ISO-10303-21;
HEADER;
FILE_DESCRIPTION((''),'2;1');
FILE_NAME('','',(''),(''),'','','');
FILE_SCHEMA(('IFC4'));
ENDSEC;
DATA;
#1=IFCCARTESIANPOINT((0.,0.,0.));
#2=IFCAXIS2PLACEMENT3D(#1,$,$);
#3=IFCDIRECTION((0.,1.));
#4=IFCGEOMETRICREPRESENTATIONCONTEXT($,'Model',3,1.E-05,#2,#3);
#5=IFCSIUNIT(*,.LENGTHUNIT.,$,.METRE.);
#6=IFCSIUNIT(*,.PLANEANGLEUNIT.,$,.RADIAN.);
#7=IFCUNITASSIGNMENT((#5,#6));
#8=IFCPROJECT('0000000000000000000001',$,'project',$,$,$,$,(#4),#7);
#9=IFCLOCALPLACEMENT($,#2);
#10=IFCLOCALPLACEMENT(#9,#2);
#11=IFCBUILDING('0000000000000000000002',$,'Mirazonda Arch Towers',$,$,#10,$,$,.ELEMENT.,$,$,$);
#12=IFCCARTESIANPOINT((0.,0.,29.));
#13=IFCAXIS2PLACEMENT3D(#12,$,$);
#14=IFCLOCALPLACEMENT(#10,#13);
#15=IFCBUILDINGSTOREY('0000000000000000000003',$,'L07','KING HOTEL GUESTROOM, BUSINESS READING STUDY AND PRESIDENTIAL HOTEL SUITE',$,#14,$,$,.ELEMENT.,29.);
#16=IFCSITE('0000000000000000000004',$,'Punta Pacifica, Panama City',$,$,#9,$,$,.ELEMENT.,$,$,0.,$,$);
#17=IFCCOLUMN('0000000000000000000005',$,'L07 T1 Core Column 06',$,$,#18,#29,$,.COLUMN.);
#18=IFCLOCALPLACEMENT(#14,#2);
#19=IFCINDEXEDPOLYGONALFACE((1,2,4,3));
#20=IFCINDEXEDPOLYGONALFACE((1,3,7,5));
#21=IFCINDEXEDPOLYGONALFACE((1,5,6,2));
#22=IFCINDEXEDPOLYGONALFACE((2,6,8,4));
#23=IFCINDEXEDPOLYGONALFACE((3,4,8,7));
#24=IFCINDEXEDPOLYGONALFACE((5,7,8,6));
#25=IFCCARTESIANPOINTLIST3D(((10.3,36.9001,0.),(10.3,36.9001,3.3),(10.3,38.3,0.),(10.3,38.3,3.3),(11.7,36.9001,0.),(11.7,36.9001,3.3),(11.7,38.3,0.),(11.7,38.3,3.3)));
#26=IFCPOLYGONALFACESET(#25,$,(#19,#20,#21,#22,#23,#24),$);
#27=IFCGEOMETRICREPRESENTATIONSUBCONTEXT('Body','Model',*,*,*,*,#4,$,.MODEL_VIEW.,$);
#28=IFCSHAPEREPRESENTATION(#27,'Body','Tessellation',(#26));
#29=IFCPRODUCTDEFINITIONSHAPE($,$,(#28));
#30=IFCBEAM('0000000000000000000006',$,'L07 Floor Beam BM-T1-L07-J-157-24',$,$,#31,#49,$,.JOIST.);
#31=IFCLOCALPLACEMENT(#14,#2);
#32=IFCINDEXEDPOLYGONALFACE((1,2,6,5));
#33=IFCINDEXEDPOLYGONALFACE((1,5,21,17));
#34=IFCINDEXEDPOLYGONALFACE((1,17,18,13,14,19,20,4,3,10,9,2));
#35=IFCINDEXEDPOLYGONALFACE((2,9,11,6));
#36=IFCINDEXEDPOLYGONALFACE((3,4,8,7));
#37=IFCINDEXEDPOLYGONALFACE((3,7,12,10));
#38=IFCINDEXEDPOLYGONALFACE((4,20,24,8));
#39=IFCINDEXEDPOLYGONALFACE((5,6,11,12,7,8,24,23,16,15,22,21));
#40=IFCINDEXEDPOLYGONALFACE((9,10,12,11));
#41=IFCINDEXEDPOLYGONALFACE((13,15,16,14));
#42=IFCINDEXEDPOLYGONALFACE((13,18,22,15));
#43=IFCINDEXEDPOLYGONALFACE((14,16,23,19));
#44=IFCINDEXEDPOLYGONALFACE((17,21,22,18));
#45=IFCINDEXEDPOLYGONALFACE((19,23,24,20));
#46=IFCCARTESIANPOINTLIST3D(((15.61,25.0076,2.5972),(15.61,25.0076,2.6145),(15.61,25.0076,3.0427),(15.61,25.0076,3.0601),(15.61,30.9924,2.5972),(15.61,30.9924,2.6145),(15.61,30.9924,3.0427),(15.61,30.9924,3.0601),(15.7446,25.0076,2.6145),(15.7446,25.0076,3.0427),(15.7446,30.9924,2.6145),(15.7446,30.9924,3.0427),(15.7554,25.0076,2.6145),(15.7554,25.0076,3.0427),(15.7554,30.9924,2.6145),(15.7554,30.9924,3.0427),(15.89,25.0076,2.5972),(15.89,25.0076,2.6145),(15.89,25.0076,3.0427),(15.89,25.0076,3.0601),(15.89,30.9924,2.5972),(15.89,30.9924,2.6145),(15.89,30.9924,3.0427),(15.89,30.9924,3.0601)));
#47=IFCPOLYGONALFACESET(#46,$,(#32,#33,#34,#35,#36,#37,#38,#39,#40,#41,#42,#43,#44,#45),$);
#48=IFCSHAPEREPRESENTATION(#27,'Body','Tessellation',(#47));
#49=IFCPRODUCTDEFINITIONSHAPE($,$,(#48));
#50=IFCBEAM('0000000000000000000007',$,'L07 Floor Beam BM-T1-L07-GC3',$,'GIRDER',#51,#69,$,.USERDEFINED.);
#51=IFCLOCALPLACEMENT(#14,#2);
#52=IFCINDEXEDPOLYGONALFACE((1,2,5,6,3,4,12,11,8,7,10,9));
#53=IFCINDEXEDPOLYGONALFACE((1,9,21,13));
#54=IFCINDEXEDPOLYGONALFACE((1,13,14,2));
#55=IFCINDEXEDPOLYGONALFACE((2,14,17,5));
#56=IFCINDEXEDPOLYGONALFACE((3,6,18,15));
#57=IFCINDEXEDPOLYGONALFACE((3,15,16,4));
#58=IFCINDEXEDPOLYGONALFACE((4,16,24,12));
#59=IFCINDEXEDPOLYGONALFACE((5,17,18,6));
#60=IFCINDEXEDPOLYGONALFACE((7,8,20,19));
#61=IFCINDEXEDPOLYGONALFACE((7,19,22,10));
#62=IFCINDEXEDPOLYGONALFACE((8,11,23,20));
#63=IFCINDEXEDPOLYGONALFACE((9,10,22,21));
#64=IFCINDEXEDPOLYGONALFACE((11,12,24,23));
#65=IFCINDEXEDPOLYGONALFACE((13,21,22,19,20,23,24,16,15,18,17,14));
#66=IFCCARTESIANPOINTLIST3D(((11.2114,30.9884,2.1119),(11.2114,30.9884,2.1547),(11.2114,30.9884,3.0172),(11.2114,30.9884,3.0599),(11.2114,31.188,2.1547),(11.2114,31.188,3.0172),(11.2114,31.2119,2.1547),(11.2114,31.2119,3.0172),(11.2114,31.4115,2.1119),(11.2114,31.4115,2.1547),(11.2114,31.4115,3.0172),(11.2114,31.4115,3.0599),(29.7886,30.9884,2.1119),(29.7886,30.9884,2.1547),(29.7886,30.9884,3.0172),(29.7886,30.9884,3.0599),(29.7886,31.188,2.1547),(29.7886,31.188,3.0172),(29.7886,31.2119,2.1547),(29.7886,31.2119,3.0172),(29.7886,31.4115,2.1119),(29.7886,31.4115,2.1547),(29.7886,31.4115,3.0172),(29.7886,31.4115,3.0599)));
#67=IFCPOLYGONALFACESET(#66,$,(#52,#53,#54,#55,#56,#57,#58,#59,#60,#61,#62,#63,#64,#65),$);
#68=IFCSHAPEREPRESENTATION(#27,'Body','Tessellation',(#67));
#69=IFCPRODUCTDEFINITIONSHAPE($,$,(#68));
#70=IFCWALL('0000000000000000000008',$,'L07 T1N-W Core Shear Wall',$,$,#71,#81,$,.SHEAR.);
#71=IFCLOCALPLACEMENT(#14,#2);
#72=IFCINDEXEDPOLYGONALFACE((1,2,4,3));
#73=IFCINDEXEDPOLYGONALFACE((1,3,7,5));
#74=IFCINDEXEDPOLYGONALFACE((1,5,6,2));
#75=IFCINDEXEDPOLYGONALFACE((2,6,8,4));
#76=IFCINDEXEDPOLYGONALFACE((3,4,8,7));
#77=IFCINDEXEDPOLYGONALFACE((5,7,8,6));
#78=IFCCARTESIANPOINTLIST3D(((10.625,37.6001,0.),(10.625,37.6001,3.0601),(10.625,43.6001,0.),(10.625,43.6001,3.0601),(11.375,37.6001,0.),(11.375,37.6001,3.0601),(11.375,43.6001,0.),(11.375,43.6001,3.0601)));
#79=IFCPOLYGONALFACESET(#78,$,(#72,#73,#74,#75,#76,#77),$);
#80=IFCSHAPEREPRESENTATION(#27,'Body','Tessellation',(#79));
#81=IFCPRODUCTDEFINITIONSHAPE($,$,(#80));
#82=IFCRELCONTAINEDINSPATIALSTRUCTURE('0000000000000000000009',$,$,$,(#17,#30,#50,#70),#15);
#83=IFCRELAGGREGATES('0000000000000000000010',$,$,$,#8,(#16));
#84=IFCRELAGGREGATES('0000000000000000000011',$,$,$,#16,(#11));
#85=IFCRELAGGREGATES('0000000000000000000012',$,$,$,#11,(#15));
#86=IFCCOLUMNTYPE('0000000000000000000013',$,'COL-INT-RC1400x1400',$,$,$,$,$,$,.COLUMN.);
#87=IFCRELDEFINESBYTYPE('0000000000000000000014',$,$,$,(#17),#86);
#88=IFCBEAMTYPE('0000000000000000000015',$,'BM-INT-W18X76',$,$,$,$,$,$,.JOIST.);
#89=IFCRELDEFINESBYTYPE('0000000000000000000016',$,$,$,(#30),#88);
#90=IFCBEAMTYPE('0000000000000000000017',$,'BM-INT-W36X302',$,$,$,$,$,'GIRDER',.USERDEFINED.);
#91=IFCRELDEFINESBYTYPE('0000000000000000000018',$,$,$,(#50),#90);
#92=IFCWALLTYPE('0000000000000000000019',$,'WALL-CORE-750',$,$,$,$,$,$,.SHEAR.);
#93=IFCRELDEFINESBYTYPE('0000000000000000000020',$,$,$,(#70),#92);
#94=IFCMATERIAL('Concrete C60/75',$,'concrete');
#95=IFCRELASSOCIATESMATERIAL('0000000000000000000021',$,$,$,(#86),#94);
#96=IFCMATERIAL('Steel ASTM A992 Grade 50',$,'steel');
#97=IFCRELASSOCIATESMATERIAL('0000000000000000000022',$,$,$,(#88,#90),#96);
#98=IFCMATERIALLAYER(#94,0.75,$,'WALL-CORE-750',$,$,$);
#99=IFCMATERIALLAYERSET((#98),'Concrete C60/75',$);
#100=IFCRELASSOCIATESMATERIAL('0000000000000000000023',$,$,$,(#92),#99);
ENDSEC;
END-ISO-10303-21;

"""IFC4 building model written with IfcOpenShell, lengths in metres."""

from ifc_helpers import new_model, si_unit, direction, frame, frame_2d, origin, origin_2d, place, context, subcontext, project, spatial, rectangle, i_section, extrude, material, layer, layer_set, material_profile, profile_set, type_object, element, save


model = new_model("IFC4")

# Units and contexts
model_context = context("Model", 3, precision=1e-05, world=origin(), true_north=direction((0.0, 1.0)))
body_context = subcontext(model_context, "Body", "Model", "MODEL_VIEW")
ifc_project = project(units=[si_unit("LENGTHUNIT", "METRE"), si_unit("PLANEANGLEUNIT", "RADIAN")], contexts=[model_context])

# Site, building, storey
site_placement = place(None, origin())
site = spatial("IfcSite", under=ifc_project, at=site_placement, Name="Punta Pacifica, Panama City", CompositionType="ELEMENT", RefElevation=0.0)
building_placement = place(site_placement, origin())
building = spatial("IfcBuilding", under=site, at=building_placement, Name="Mirazonda Arch Towers", CompositionType="ELEMENT")
storey_placement = place(building_placement, frame((0.0, 0.0, 29.0)))
storey = spatial("IfcBuildingStorey", under=building, at=storey_placement, Name="L07", Description="KING HOTEL GUESTROOM, BUSINESS READING STUDY AND PRESIDENTIAL HOTEL SUITE", CompositionType="ELEMENT", Elevation=29.0)

# Column
ifc_material_1 = material(Name="Concrete C60/75", Category="concrete")
ifc_material_profile_1 = material_profile(ifc_material_1, rectangle(XDim=1.3999, YDim=1.3999, at=origin_2d()), Name="RC1400x1400")
ifc_profile_set_1 = profile_set([ifc_material_profile_1], Name="Concrete C60/75")
column_type = type_object("IfcColumnType", Name="COL-INT-RC1400x1400", PredefinedType="COLUMN", material=ifc_profile_set_1)
column_placement = place(storey_placement, frame((11.0, 37.6001, 0.0), z_axis=(0.0, 0.0, 1.0), x_axis=(1.0, 0.0, 0.0)))
element("IfcColumn", 1, at=column_placement, inside=storey, type_object=column_type, Name="L07 T1 Core Column 06", PredefinedType="COLUMN", context=body_context, shape_type="SweptSolid", body=[
    extrude(rectangle(XDim=1.3999, YDim=1.3999, at=origin_2d()), origin(), (0.0, 0.0, 1.0), 3.3),
])

# Beams
ifc_material_2 = material(Name="Steel ASTM A992 Grade 50", Category="steel")
ifc_material_profile_2 = material_profile(ifc_material_2, i_section(OverallWidth=0.28, OverallDepth=0.4629, WebThickness=0.0107, FlangeThickness=0.0173, at=origin_2d()), Name="W18X76")
ifc_profile_set_2 = profile_set([ifc_material_profile_2], Name="Steel ASTM A992 Grade 50")
beam_type_1 = type_object("IfcBeamType", Name="BM-INT-W18X76", PredefinedType="JOIST", material=ifc_profile_set_2)
beam_1_placement = place(storey_placement, frame((15.75, 25.0076, 2.8286), z_axis=(0.0, 1.0, 0.0), x_axis=(-1.0, 0.0, 0.0)))
element("IfcBeam", 2, at=beam_1_placement, inside=storey, type_object=beam_type_1, Name="L07 Floor Beam BM-T1-L07-J-157-24", PredefinedType="JOIST", context=body_context, shape_type="SweptSolid", body=[
    extrude(i_section(OverallWidth=0.28, OverallDepth=0.4629, WebThickness=0.0107, FlangeThickness=0.0173, at=origin_2d()), origin(), (0.0, 0.0, 1.0), 5.9849),
])
ifc_material_profile_3 = material_profile(ifc_material_2, i_section(OverallWidth=0.4231, OverallDepth=0.948, WebThickness=0.0239, FlangeThickness=0.0427, at=origin_2d()), Name="W36X302")
ifc_profile_set_3 = profile_set([ifc_material_profile_3], Name="Steel ASTM A992 Grade 50")
beam_type_2 = type_object("IfcBeamType", Name="BM-INT-W36X302", ElementType="GIRDER", PredefinedType="USERDEFINED", material=ifc_profile_set_3)
beam_2_placement = place(storey_placement, frame((11.2114, 31.2, 2.5859), z_axis=(1.0, 0.0, 0.0), x_axis=(0.0, 1.0, 0.0)))
element("IfcBeam", 3, at=beam_2_placement, inside=storey, type_object=beam_type_2, Name="L07 Floor Beam BM-T1-L07-GC3", ObjectType="GIRDER", PredefinedType="USERDEFINED", context=body_context, shape_type="SweptSolid", body=[
    extrude(i_section(OverallWidth=0.4231, OverallDepth=0.948, WebThickness=0.0239, FlangeThickness=0.0427, at=origin_2d()), origin(), (0.0, 0.0, 1.0), 18.5771),
])

# Wall
ifc_layer_1 = layer(ifc_material_1, 0.75, Name="WALL-CORE-750")
ifc_layer_set_1 = layer_set([ifc_layer_1], Name="Concrete C60/75")
wall_type_1 = type_object("IfcWallType", Name="WALL-CORE-750", PredefinedType="SHEAR", material=ifc_layer_set_1)
wall_1_placement = place(storey_placement, frame((11.0, 37.6001, 0.0), z_axis=(0.0, 0.0, 1.0), x_axis=(0.0, 1.0, 0.0)))
element("IfcWall", 4, at=wall_1_placement, inside=storey, type_object=wall_type_1, Name="L07 T1N-W Core Shear Wall", PredefinedType="SHEAR", context=body_context, shape_type="SweptSolid", body=[
    extrude(rectangle(XDim=6.0, YDim=0.75, at=frame_2d((3.0, 0.0))), origin(), (0.0, 0.0, 1.0), 3.0601),
])

save(model, "model.ifc")
